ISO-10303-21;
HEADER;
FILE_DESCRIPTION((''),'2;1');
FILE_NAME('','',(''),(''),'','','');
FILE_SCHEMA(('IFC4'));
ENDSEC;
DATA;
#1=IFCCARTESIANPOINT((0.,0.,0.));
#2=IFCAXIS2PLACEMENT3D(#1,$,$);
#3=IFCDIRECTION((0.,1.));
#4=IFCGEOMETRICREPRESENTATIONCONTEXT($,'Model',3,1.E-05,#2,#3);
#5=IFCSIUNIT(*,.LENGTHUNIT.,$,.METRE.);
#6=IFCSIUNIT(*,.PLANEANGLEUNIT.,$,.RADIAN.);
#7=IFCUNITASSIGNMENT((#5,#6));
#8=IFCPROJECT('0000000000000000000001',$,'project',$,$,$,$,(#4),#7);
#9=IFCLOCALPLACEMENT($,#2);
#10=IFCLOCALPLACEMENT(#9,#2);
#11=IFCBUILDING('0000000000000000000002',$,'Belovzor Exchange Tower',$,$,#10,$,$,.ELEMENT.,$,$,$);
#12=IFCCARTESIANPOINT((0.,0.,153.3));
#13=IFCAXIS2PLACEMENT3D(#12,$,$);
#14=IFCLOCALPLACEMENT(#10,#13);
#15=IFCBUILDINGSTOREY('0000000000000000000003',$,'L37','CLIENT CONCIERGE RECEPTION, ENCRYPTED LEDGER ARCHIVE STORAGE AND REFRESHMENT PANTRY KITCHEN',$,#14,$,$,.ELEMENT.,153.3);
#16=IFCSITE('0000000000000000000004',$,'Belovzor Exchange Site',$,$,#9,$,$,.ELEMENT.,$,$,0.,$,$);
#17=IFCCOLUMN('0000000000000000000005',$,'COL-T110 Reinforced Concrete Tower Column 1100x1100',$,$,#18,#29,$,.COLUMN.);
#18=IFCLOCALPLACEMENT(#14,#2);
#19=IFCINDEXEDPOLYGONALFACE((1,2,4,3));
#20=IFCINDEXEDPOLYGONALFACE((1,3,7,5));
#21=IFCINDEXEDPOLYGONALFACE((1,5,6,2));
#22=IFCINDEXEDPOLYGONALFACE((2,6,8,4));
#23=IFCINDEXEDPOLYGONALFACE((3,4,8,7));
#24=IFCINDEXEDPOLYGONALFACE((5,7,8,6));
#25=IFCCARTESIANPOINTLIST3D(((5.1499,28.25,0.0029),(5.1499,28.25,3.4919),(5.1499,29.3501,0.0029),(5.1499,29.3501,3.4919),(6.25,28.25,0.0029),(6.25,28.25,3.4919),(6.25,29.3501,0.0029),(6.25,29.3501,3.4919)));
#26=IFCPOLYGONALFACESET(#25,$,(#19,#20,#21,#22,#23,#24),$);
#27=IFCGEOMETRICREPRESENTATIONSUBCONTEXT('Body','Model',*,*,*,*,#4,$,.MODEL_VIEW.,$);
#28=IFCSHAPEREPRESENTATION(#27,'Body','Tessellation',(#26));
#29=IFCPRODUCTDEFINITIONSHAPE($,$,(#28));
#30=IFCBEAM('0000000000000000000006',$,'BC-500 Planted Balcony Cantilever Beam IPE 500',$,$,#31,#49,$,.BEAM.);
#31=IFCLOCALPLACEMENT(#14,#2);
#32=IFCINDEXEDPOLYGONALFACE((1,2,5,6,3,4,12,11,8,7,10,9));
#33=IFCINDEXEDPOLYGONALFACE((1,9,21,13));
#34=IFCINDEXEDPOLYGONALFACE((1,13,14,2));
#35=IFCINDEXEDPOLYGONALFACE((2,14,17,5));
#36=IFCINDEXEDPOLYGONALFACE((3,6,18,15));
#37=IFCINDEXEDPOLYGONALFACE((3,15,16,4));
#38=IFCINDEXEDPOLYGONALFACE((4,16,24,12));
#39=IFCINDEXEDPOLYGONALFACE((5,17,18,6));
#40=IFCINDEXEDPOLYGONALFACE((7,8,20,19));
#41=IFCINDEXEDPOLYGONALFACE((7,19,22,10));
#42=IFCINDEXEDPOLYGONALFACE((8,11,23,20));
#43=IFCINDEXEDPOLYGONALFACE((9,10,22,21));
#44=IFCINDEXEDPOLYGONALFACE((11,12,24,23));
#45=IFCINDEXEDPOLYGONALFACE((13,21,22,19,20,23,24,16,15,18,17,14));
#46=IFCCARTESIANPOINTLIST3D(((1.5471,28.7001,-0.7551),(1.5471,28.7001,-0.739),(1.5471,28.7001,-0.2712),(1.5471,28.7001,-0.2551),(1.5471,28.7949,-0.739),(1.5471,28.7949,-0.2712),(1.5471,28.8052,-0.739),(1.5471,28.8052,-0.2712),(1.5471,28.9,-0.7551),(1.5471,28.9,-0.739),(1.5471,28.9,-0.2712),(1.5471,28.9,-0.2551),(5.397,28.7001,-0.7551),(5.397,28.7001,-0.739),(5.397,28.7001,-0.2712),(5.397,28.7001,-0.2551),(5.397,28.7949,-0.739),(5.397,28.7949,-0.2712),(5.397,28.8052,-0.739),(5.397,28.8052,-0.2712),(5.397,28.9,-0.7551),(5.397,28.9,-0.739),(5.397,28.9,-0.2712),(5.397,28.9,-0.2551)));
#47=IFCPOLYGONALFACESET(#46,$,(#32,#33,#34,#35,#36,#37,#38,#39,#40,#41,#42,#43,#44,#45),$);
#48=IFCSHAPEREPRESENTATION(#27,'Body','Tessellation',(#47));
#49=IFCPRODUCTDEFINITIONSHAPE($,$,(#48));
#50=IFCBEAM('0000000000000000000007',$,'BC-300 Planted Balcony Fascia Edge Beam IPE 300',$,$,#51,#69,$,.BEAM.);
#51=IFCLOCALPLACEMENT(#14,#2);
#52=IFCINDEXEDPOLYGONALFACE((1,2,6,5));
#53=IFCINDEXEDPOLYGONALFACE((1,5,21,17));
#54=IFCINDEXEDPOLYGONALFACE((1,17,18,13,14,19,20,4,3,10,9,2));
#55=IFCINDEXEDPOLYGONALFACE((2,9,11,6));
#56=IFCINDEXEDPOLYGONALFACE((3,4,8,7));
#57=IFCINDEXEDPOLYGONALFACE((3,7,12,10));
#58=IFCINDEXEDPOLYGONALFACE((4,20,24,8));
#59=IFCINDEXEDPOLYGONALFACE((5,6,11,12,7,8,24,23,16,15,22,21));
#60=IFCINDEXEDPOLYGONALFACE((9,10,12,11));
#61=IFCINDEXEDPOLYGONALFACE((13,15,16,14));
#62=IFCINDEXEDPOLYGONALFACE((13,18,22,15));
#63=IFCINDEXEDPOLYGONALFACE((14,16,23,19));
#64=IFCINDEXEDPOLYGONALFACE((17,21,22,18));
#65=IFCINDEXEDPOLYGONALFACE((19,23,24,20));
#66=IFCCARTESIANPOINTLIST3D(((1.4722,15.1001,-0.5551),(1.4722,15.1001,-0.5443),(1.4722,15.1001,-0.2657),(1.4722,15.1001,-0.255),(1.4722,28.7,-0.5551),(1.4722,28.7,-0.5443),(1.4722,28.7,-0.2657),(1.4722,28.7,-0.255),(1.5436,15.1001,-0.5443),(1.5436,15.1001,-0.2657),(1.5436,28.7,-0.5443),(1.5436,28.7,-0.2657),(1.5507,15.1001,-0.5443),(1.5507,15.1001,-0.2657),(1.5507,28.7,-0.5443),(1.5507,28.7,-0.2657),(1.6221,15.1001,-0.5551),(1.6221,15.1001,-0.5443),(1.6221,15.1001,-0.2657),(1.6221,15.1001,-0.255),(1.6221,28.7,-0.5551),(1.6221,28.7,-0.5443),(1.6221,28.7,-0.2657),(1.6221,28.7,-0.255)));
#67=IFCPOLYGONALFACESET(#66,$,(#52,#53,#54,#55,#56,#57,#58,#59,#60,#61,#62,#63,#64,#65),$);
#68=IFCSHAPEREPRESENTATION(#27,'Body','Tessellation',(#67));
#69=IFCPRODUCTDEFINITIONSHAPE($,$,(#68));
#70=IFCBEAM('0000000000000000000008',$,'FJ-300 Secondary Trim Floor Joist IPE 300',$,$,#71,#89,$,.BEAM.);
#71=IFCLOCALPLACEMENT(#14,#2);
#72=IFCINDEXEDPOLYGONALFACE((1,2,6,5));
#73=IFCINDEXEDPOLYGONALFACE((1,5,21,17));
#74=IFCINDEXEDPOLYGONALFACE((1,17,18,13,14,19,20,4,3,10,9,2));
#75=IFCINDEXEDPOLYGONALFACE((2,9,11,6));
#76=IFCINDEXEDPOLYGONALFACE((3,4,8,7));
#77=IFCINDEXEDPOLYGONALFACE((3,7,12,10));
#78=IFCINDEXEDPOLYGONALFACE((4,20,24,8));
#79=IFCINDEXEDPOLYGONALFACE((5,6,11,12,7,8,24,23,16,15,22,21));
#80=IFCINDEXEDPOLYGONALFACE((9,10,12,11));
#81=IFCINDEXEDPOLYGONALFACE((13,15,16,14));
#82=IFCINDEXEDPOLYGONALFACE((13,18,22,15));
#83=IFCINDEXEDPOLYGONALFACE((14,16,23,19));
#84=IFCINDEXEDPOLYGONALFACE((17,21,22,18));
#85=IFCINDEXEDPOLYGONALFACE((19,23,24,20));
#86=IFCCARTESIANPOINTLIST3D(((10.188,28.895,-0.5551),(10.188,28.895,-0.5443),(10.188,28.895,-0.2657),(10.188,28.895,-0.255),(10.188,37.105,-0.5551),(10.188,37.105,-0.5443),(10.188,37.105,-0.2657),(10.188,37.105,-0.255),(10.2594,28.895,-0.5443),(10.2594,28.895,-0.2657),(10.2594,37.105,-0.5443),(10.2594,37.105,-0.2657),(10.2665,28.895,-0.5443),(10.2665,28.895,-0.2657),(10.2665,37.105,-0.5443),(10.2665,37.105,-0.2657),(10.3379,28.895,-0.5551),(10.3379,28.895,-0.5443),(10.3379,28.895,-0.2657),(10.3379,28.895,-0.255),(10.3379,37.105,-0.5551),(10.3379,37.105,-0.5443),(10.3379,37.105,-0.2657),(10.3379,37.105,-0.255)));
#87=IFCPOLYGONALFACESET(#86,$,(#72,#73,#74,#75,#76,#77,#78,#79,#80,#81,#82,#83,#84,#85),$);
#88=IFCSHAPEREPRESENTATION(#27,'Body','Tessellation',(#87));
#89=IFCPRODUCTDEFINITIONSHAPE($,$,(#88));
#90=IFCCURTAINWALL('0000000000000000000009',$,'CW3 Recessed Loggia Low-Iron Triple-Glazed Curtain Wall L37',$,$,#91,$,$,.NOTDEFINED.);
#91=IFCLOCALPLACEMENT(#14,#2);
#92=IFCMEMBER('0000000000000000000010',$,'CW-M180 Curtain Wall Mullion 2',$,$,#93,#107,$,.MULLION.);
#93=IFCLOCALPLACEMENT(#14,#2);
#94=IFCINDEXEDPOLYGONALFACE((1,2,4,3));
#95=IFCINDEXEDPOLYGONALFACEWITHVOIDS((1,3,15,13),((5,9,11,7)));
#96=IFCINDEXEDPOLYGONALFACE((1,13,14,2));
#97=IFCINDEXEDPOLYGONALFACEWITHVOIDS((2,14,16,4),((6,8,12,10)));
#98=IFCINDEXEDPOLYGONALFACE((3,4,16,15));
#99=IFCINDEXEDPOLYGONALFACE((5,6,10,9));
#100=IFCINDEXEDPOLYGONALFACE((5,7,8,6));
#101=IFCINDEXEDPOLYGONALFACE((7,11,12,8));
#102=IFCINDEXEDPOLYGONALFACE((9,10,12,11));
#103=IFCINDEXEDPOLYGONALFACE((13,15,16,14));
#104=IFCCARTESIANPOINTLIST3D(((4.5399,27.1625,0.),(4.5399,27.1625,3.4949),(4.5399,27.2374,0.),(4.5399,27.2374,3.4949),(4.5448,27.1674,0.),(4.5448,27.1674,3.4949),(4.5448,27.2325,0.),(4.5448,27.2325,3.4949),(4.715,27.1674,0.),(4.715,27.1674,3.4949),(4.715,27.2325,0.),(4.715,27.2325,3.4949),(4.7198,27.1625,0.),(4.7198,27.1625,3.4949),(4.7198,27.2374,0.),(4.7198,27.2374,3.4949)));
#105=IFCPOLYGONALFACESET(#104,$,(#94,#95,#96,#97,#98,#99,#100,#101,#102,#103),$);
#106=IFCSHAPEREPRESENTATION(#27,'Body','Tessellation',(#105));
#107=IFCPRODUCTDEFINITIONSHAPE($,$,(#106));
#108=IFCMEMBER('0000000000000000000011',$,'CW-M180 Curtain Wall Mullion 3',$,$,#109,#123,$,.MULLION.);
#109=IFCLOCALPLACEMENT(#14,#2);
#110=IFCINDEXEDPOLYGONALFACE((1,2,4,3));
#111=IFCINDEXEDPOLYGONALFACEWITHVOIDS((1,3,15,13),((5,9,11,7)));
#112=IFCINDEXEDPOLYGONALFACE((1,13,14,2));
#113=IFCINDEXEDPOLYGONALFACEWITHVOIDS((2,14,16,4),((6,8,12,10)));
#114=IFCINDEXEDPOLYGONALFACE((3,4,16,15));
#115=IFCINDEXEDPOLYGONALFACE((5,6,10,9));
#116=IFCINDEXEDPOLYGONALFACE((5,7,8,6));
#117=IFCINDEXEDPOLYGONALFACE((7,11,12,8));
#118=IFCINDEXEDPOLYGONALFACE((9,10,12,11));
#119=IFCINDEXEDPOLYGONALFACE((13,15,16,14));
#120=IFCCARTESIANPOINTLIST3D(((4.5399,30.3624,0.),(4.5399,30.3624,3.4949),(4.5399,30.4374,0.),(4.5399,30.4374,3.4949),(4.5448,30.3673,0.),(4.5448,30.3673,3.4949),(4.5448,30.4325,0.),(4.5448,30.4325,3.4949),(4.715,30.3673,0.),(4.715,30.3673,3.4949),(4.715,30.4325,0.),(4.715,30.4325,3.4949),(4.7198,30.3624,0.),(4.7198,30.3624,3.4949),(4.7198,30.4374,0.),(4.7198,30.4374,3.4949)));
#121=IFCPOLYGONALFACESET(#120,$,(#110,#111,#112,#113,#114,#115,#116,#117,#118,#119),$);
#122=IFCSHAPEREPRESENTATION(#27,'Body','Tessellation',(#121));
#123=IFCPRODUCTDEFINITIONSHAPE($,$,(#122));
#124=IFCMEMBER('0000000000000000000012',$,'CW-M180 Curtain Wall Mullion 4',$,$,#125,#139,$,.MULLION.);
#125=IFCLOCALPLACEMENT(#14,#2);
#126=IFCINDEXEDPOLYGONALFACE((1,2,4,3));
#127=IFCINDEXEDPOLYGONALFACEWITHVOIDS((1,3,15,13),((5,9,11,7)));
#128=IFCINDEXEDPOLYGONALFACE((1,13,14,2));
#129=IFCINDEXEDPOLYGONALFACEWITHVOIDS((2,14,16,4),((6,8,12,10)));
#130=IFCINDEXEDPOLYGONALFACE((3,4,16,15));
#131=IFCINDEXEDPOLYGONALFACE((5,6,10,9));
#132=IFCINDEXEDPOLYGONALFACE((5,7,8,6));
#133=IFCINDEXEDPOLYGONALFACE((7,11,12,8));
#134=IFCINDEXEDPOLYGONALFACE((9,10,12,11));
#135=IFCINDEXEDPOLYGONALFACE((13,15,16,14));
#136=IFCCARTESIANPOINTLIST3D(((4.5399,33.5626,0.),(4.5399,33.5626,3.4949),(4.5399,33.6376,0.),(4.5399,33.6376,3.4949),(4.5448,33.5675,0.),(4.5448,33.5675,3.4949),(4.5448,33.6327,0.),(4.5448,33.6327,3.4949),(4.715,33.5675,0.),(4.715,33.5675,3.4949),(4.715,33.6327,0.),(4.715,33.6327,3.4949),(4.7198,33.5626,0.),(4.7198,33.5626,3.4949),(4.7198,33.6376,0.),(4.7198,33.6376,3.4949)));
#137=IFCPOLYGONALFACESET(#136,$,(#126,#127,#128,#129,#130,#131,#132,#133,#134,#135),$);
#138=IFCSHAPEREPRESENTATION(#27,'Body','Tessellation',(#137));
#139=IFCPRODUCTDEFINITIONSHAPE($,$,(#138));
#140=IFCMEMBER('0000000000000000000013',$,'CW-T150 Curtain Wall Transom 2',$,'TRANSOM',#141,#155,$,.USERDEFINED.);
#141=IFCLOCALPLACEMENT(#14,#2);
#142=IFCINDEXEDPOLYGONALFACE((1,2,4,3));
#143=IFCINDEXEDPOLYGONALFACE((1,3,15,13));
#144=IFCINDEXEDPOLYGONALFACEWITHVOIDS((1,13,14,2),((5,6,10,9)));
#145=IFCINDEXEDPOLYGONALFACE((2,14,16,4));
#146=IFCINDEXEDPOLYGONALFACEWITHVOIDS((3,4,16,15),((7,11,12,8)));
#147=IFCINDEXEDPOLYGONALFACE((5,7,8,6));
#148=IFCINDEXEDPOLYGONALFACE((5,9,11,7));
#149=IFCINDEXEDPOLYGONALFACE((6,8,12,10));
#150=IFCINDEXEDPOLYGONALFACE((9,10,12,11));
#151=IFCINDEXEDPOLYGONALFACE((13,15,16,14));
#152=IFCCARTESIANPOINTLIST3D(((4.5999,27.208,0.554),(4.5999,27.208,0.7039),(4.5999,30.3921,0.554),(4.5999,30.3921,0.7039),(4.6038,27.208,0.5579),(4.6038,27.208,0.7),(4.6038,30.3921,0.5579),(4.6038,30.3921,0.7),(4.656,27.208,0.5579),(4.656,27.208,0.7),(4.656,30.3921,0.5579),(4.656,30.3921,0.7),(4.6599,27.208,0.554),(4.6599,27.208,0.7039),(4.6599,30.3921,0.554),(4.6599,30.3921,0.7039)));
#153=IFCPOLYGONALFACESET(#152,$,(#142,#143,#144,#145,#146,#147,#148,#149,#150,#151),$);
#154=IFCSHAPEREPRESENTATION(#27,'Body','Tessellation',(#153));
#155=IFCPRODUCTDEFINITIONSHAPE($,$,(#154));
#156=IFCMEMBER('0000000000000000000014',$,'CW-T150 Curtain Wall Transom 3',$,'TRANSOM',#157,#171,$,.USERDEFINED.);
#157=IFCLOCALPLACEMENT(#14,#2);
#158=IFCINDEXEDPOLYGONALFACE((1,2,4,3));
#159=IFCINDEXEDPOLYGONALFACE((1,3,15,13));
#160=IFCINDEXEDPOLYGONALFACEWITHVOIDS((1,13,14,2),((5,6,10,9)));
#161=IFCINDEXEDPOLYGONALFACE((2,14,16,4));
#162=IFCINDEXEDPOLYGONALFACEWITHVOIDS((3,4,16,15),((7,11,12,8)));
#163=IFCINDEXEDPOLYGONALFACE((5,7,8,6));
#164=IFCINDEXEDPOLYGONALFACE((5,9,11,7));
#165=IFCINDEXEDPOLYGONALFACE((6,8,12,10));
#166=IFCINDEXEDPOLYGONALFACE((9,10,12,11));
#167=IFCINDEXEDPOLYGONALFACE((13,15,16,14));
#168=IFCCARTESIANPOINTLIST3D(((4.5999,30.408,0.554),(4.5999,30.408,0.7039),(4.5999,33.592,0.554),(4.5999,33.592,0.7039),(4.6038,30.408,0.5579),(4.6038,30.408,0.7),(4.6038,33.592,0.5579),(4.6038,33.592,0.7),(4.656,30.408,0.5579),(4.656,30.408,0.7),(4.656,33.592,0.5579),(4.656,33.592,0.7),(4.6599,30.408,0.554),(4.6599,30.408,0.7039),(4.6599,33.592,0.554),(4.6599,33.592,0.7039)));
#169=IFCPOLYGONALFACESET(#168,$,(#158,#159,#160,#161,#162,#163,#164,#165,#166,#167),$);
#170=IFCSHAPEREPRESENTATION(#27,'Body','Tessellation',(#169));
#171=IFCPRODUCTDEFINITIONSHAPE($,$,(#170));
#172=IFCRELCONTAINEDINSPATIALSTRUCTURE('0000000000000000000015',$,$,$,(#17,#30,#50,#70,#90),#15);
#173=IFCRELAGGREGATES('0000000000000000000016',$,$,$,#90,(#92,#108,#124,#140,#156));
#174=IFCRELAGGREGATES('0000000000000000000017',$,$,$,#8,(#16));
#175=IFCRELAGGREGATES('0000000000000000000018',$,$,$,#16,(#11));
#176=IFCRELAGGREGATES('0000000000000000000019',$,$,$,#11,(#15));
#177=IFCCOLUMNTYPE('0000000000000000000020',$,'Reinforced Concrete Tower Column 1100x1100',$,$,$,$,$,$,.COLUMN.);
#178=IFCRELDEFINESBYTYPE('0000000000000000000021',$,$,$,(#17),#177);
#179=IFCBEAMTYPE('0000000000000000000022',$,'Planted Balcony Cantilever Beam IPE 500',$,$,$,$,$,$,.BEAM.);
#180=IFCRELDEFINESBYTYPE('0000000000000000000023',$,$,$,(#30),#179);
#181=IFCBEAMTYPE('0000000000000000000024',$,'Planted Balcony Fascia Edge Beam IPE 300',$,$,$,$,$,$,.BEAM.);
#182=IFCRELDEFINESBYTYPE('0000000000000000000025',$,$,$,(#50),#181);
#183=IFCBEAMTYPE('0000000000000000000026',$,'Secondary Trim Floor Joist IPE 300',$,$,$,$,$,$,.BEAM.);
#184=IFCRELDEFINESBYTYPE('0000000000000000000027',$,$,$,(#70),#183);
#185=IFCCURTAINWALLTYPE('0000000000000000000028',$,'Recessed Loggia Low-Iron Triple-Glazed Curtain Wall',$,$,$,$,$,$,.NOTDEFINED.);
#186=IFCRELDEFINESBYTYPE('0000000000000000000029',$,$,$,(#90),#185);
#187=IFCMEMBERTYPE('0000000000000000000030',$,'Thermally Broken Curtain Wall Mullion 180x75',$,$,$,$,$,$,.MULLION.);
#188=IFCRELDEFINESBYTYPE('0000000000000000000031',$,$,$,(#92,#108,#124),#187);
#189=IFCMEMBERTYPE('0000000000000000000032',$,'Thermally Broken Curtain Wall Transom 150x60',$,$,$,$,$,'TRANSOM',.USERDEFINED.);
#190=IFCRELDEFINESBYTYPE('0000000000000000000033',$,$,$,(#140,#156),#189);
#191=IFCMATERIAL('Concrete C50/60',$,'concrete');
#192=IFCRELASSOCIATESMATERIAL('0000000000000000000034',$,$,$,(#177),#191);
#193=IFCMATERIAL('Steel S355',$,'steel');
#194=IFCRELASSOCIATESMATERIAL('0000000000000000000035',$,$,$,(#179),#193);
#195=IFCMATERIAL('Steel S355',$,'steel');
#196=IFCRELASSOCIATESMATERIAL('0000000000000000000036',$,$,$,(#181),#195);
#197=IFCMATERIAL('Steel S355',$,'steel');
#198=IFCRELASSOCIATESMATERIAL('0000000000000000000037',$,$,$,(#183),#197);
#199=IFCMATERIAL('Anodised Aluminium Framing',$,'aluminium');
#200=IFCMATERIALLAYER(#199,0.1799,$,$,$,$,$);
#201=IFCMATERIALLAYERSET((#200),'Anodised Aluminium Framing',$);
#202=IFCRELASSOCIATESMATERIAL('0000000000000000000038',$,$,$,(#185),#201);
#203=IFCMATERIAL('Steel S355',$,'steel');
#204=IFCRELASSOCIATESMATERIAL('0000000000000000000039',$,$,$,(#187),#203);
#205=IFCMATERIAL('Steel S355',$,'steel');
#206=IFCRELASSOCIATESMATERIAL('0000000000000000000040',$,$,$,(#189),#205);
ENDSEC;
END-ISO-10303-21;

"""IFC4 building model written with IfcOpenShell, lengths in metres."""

from ifc_helpers import new_model, si_unit, direction, frame, origin, origin_2d, place, context, subcontext, project, spatial, rectangle, hollow_rectangle, i_section, extrude, material, layer, layer_set, material_profile, profile_set, type_object, element, aggregate, save


model = new_model("IFC4")

# Units and contexts
model_context = context("Model", 3, precision=1e-05, world=origin(), true_north=direction((0.0, 1.0)))
body_context = subcontext(model_context, "Body", "Model", "MODEL_VIEW")
ifc_project = project(units=[si_unit("LENGTHUNIT", "METRE"), si_unit("PLANEANGLEUNIT", "RADIAN")], contexts=[model_context])

# Site, building, storey
site_placement = place(None, origin())
site = spatial("IfcSite", under=ifc_project, at=site_placement, Name="Belovzor Exchange Site", CompositionType="ELEMENT", RefElevation=0.0)
building_placement = place(site_placement, origin())
building = spatial("IfcBuilding", under=site, at=building_placement, Name="Belovzor Exchange Tower", CompositionType="ELEMENT")
storey_placement = place(building_placement, frame((0.0, 0.0, 153.3)))
storey = spatial("IfcBuildingStorey", under=building, at=storey_placement, Name="L37", Description="CLIENT CONCIERGE RECEPTION, ENCRYPTED LEDGER ARCHIVE STORAGE AND REFRESHMENT PANTRY KITCHEN", CompositionType="ELEMENT", Elevation=153.3)

# Column
ifc_material_1 = material(Name="Concrete C50/60", Category="concrete")
ifc_material_profile_1 = material_profile(ifc_material_1, rectangle(XDim=1.1001, YDim=1.1001, at=origin_2d()))
ifc_profile_set_1 = profile_set([ifc_material_profile_1], Name="Concrete C50/60")
column_type = type_object("IfcColumnType", Name="Reinforced Concrete Tower Column 1100x1100", PredefinedType="COLUMN", material=ifc_profile_set_1)
column_placement = place(storey_placement, frame((5.7, 28.8, 0.0029), z_axis=(0.0, 0.0, 1.0), x_axis=(1.0, 0.0, 0.0)))
element("IfcColumn", 1, at=column_placement, inside=storey, type_object=column_type, Name="COL-T110 Reinforced Concrete Tower Column 1100x1100", PredefinedType="COLUMN", context=body_context, shape_type="SweptSolid", body=[
    extrude(rectangle(XDim=1.1001, YDim=1.1001, at=origin_2d()), origin(), (0.0, 0.0, 1.0), 3.489),
])

# Beams
ifc_material_2 = material(Name="Steel S355", Category="steel")
ifc_material_profile_2 = material_profile(ifc_material_2, i_section(OverallWidth=0.2, OverallDepth=0.5, WebThickness=0.0103, FlangeThickness=0.0161, at=origin_2d()))
ifc_profile_set_2 = profile_set([ifc_material_profile_2], Name="Steel S355")
beam_type_1 = type_object("IfcBeamType", Name="Planted Balcony Cantilever Beam IPE 500", PredefinedType="BEAM", material=ifc_profile_set_2)
beam_1_placement = place(storey_placement, frame((5.397, 28.8, -0.5051), z_axis=(-1.0, 0.0, 0.0), x_axis=(0.0, -1.0, 0.0)))
element("IfcBeam", 2, at=beam_1_placement, inside=storey, type_object=beam_type_1, Name="BC-500 Planted Balcony Cantilever Beam IPE 500", PredefinedType="BEAM", context=body_context, shape_type="SweptSolid", body=[
    extrude(i_section(OverallWidth=0.2, OverallDepth=0.5, WebThickness=0.0103, FlangeThickness=0.0161, at=origin_2d()), origin(), (0.0, 0.0, 1.0), 3.8499),
])
ifc_material_3 = material(Name="Steel S355", Category="steel")
ifc_material_profile_3 = material_profile(ifc_material_3, i_section(OverallWidth=0.1499, OverallDepth=0.3, WebThickness=0.0071, FlangeThickness=0.0107, at=origin_2d()))
ifc_profile_set_3 = profile_set([ifc_material_profile_3], Name="Steel S355")
beam_type_2 = type_object("IfcBeamType", Name="Planted Balcony Fascia Edge Beam IPE 300", PredefinedType="BEAM", material=ifc_profile_set_3)
beam_2_placement = place(storey_placement, frame((1.5471, 28.7, -0.405), z_axis=(0.0, -1.0, 0.0), x_axis=(1.0, 0.0, 0.0)))
element("IfcBeam", 3, at=beam_2_placement, inside=storey, type_object=beam_type_2, Name="BC-300 Planted Balcony Fascia Edge Beam IPE 300", PredefinedType="BEAM", context=body_context, shape_type="SweptSolid", body=[
    extrude(i_section(OverallWidth=0.1499, OverallDepth=0.3, WebThickness=0.0071, FlangeThickness=0.0107, at=origin_2d()), origin(), (0.0, 0.0, 1.0), 13.5999),
])
ifc_material_4 = material(Name="Steel S355", Category="steel")
ifc_material_profile_4 = material_profile(ifc_material_4, i_section(OverallWidth=0.1499, OverallDepth=0.3, WebThickness=0.0071, FlangeThickness=0.0107, at=origin_2d()))
ifc_profile_set_4 = profile_set([ifc_material_profile_4], Name="Steel S355")
beam_type_3 = type_object("IfcBeamType", Name="Secondary Trim Floor Joist IPE 300", PredefinedType="BEAM", material=ifc_profile_set_4)
beam_3_placement = place(storey_placement, frame((10.2629, 28.895, -0.405), z_axis=(0.0, 1.0, 0.0), x_axis=(-1.0, 0.0, 0.0)))
element("IfcBeam", 4, at=beam_3_placement, inside=storey, type_object=beam_type_3, Name="FJ-300 Secondary Trim Floor Joist IPE 300", PredefinedType="BEAM", context=body_context, shape_type="SweptSolid", body=[
    extrude(i_section(OverallWidth=0.1499, OverallDepth=0.3, WebThickness=0.0071, FlangeThickness=0.0107, at=origin_2d()), origin(), (0.0, 0.0, 1.0), 8.21),
])

# Curtain wall, members
ifc_material_5 = material(Name="Anodised Aluminium Framing", Category="aluminium")
ifc_layer_1 = layer(ifc_material_5, 0.1799)
ifc_layer_set_1 = layer_set([ifc_layer_1], Name="Anodised Aluminium Framing")
curtain_wall_type = type_object("IfcCurtainWallType", Name="Recessed Loggia Low-Iron Triple-Glazed Curtain Wall", PredefinedType="NOTDEFINED", material=ifc_layer_set_1)
curtain_wall_placement = place(storey_placement, origin())
curtain_wall = element("IfcCurtainWall", 5, at=curtain_wall_placement, inside=storey, type_object=curtain_wall_type, Name="CW3 Recessed Loggia Low-Iron Triple-Glazed Curtain Wall L37", PredefinedType="NOTDEFINED")
ifc_material_6 = material(Name="Steel S355", Category="steel")
ifc_material_profile_5 = material_profile(ifc_material_6, hollow_rectangle(XDim=0.075, YDim=0.1799, WallThickness=0.0049, at=origin_2d()))
ifc_profile_set_5 = profile_set([ifc_material_profile_5], Name="Steel S355")
member_type_1 = type_object("IfcMemberType", Name="Thermally Broken Curtain Wall Mullion 180x75", PredefinedType="MULLION", material=ifc_profile_set_5)
member_1_placement = place(storey_placement, frame((4.6299, 27.2, 0.0), z_axis=(0.0, 0.0, 1.0), x_axis=(0.0, 1.0, 0.0)))
member_1 = element("IfcMember", 6, at=member_1_placement, type_object=member_type_1, Name="CW-M180 Curtain Wall Mullion 2", PredefinedType="MULLION", context=body_context, shape_type="SweptSolid", body=[
    extrude(hollow_rectangle(XDim=0.075, YDim=0.1799, WallThickness=0.0049, at=origin_2d()), origin(), (0.0, 0.0, 1.0), 3.4949),
])
member_2_placement = place(storey_placement, frame((4.6299, 30.3999, 0.0), z_axis=(0.0, 0.0, 1.0), x_axis=(0.0, 1.0, 0.0)))
member_2 = element("IfcMember", 7, at=member_2_placement, type_object=member_type_1, Name="CW-M180 Curtain Wall Mullion 3", PredefinedType="MULLION", context=body_context, shape_type="SweptSolid", body=[
    extrude(hollow_rectangle(XDim=0.075, YDim=0.1799, WallThickness=0.0049, at=origin_2d()), origin(), (0.0, 0.0, 1.0), 3.4949),
])
member_3_placement = place(storey_placement, frame((4.6299, 33.6001, 0.0), z_axis=(0.0, 0.0, 1.0), x_axis=(0.0, 1.0, 0.0)))
member_3 = element("IfcMember", 8, at=member_3_placement, type_object=member_type_1, Name="CW-M180 Curtain Wall Mullion 4", PredefinedType="MULLION", context=body_context, shape_type="SweptSolid", body=[
    extrude(hollow_rectangle(XDim=0.075, YDim=0.1799, WallThickness=0.0049, at=origin_2d()), origin(), (0.0, 0.0, 1.0), 3.4949),
])
ifc_material_7 = material(Name="Steel S355", Category="steel")
ifc_material_profile_6 = material_profile(ifc_material_7, hollow_rectangle(XDim=0.0601, YDim=0.1499, WallThickness=0.0039, at=origin_2d()))
ifc_profile_set_6 = profile_set([ifc_material_profile_6], Name="Steel S355")
member_type_2 = type_object("IfcMemberType", Name="Thermally Broken Curtain Wall Transom 150x60", ElementType="TRANSOM", PredefinedType="USERDEFINED", material=ifc_profile_set_6)
member_4_placement = place(storey_placement, frame((4.6299, 27.208, 0.6289), z_axis=(0.0, 1.0, 0.0), x_axis=(-1.0, 0.0, 0.0)))
member_4 = element("IfcMember", 9, at=member_4_placement, type_object=member_type_2, Name="CW-T150 Curtain Wall Transom 2", ObjectType="TRANSOM", PredefinedType="USERDEFINED", context=body_context, shape_type="SweptSolid", body=[
    extrude(hollow_rectangle(XDim=0.0601, YDim=0.1499, WallThickness=0.0039, at=origin_2d()), origin(), (0.0, 0.0, 1.0), 3.1841),
])
member_5_placement = place(storey_placement, frame((4.6299, 30.408, 0.6289), z_axis=(0.0, 1.0, 0.0), x_axis=(-1.0, 0.0, 0.0)))
member_5 = element("IfcMember", 10, at=member_5_placement, type_object=member_type_2, Name="CW-T150 Curtain Wall Transom 3", ObjectType="TRANSOM", PredefinedType="USERDEFINED", context=body_context, shape_type="SweptSolid", body=[
    extrude(hollow_rectangle(XDim=0.0601, YDim=0.1499, WallThickness=0.0039, at=origin_2d()), origin(), (0.0, 0.0, 1.0), 3.1841),
])

aggregate(curtain_wall, [member_1, member_2, member_3, member_4, member_5])

save(model, "model.ifc")
